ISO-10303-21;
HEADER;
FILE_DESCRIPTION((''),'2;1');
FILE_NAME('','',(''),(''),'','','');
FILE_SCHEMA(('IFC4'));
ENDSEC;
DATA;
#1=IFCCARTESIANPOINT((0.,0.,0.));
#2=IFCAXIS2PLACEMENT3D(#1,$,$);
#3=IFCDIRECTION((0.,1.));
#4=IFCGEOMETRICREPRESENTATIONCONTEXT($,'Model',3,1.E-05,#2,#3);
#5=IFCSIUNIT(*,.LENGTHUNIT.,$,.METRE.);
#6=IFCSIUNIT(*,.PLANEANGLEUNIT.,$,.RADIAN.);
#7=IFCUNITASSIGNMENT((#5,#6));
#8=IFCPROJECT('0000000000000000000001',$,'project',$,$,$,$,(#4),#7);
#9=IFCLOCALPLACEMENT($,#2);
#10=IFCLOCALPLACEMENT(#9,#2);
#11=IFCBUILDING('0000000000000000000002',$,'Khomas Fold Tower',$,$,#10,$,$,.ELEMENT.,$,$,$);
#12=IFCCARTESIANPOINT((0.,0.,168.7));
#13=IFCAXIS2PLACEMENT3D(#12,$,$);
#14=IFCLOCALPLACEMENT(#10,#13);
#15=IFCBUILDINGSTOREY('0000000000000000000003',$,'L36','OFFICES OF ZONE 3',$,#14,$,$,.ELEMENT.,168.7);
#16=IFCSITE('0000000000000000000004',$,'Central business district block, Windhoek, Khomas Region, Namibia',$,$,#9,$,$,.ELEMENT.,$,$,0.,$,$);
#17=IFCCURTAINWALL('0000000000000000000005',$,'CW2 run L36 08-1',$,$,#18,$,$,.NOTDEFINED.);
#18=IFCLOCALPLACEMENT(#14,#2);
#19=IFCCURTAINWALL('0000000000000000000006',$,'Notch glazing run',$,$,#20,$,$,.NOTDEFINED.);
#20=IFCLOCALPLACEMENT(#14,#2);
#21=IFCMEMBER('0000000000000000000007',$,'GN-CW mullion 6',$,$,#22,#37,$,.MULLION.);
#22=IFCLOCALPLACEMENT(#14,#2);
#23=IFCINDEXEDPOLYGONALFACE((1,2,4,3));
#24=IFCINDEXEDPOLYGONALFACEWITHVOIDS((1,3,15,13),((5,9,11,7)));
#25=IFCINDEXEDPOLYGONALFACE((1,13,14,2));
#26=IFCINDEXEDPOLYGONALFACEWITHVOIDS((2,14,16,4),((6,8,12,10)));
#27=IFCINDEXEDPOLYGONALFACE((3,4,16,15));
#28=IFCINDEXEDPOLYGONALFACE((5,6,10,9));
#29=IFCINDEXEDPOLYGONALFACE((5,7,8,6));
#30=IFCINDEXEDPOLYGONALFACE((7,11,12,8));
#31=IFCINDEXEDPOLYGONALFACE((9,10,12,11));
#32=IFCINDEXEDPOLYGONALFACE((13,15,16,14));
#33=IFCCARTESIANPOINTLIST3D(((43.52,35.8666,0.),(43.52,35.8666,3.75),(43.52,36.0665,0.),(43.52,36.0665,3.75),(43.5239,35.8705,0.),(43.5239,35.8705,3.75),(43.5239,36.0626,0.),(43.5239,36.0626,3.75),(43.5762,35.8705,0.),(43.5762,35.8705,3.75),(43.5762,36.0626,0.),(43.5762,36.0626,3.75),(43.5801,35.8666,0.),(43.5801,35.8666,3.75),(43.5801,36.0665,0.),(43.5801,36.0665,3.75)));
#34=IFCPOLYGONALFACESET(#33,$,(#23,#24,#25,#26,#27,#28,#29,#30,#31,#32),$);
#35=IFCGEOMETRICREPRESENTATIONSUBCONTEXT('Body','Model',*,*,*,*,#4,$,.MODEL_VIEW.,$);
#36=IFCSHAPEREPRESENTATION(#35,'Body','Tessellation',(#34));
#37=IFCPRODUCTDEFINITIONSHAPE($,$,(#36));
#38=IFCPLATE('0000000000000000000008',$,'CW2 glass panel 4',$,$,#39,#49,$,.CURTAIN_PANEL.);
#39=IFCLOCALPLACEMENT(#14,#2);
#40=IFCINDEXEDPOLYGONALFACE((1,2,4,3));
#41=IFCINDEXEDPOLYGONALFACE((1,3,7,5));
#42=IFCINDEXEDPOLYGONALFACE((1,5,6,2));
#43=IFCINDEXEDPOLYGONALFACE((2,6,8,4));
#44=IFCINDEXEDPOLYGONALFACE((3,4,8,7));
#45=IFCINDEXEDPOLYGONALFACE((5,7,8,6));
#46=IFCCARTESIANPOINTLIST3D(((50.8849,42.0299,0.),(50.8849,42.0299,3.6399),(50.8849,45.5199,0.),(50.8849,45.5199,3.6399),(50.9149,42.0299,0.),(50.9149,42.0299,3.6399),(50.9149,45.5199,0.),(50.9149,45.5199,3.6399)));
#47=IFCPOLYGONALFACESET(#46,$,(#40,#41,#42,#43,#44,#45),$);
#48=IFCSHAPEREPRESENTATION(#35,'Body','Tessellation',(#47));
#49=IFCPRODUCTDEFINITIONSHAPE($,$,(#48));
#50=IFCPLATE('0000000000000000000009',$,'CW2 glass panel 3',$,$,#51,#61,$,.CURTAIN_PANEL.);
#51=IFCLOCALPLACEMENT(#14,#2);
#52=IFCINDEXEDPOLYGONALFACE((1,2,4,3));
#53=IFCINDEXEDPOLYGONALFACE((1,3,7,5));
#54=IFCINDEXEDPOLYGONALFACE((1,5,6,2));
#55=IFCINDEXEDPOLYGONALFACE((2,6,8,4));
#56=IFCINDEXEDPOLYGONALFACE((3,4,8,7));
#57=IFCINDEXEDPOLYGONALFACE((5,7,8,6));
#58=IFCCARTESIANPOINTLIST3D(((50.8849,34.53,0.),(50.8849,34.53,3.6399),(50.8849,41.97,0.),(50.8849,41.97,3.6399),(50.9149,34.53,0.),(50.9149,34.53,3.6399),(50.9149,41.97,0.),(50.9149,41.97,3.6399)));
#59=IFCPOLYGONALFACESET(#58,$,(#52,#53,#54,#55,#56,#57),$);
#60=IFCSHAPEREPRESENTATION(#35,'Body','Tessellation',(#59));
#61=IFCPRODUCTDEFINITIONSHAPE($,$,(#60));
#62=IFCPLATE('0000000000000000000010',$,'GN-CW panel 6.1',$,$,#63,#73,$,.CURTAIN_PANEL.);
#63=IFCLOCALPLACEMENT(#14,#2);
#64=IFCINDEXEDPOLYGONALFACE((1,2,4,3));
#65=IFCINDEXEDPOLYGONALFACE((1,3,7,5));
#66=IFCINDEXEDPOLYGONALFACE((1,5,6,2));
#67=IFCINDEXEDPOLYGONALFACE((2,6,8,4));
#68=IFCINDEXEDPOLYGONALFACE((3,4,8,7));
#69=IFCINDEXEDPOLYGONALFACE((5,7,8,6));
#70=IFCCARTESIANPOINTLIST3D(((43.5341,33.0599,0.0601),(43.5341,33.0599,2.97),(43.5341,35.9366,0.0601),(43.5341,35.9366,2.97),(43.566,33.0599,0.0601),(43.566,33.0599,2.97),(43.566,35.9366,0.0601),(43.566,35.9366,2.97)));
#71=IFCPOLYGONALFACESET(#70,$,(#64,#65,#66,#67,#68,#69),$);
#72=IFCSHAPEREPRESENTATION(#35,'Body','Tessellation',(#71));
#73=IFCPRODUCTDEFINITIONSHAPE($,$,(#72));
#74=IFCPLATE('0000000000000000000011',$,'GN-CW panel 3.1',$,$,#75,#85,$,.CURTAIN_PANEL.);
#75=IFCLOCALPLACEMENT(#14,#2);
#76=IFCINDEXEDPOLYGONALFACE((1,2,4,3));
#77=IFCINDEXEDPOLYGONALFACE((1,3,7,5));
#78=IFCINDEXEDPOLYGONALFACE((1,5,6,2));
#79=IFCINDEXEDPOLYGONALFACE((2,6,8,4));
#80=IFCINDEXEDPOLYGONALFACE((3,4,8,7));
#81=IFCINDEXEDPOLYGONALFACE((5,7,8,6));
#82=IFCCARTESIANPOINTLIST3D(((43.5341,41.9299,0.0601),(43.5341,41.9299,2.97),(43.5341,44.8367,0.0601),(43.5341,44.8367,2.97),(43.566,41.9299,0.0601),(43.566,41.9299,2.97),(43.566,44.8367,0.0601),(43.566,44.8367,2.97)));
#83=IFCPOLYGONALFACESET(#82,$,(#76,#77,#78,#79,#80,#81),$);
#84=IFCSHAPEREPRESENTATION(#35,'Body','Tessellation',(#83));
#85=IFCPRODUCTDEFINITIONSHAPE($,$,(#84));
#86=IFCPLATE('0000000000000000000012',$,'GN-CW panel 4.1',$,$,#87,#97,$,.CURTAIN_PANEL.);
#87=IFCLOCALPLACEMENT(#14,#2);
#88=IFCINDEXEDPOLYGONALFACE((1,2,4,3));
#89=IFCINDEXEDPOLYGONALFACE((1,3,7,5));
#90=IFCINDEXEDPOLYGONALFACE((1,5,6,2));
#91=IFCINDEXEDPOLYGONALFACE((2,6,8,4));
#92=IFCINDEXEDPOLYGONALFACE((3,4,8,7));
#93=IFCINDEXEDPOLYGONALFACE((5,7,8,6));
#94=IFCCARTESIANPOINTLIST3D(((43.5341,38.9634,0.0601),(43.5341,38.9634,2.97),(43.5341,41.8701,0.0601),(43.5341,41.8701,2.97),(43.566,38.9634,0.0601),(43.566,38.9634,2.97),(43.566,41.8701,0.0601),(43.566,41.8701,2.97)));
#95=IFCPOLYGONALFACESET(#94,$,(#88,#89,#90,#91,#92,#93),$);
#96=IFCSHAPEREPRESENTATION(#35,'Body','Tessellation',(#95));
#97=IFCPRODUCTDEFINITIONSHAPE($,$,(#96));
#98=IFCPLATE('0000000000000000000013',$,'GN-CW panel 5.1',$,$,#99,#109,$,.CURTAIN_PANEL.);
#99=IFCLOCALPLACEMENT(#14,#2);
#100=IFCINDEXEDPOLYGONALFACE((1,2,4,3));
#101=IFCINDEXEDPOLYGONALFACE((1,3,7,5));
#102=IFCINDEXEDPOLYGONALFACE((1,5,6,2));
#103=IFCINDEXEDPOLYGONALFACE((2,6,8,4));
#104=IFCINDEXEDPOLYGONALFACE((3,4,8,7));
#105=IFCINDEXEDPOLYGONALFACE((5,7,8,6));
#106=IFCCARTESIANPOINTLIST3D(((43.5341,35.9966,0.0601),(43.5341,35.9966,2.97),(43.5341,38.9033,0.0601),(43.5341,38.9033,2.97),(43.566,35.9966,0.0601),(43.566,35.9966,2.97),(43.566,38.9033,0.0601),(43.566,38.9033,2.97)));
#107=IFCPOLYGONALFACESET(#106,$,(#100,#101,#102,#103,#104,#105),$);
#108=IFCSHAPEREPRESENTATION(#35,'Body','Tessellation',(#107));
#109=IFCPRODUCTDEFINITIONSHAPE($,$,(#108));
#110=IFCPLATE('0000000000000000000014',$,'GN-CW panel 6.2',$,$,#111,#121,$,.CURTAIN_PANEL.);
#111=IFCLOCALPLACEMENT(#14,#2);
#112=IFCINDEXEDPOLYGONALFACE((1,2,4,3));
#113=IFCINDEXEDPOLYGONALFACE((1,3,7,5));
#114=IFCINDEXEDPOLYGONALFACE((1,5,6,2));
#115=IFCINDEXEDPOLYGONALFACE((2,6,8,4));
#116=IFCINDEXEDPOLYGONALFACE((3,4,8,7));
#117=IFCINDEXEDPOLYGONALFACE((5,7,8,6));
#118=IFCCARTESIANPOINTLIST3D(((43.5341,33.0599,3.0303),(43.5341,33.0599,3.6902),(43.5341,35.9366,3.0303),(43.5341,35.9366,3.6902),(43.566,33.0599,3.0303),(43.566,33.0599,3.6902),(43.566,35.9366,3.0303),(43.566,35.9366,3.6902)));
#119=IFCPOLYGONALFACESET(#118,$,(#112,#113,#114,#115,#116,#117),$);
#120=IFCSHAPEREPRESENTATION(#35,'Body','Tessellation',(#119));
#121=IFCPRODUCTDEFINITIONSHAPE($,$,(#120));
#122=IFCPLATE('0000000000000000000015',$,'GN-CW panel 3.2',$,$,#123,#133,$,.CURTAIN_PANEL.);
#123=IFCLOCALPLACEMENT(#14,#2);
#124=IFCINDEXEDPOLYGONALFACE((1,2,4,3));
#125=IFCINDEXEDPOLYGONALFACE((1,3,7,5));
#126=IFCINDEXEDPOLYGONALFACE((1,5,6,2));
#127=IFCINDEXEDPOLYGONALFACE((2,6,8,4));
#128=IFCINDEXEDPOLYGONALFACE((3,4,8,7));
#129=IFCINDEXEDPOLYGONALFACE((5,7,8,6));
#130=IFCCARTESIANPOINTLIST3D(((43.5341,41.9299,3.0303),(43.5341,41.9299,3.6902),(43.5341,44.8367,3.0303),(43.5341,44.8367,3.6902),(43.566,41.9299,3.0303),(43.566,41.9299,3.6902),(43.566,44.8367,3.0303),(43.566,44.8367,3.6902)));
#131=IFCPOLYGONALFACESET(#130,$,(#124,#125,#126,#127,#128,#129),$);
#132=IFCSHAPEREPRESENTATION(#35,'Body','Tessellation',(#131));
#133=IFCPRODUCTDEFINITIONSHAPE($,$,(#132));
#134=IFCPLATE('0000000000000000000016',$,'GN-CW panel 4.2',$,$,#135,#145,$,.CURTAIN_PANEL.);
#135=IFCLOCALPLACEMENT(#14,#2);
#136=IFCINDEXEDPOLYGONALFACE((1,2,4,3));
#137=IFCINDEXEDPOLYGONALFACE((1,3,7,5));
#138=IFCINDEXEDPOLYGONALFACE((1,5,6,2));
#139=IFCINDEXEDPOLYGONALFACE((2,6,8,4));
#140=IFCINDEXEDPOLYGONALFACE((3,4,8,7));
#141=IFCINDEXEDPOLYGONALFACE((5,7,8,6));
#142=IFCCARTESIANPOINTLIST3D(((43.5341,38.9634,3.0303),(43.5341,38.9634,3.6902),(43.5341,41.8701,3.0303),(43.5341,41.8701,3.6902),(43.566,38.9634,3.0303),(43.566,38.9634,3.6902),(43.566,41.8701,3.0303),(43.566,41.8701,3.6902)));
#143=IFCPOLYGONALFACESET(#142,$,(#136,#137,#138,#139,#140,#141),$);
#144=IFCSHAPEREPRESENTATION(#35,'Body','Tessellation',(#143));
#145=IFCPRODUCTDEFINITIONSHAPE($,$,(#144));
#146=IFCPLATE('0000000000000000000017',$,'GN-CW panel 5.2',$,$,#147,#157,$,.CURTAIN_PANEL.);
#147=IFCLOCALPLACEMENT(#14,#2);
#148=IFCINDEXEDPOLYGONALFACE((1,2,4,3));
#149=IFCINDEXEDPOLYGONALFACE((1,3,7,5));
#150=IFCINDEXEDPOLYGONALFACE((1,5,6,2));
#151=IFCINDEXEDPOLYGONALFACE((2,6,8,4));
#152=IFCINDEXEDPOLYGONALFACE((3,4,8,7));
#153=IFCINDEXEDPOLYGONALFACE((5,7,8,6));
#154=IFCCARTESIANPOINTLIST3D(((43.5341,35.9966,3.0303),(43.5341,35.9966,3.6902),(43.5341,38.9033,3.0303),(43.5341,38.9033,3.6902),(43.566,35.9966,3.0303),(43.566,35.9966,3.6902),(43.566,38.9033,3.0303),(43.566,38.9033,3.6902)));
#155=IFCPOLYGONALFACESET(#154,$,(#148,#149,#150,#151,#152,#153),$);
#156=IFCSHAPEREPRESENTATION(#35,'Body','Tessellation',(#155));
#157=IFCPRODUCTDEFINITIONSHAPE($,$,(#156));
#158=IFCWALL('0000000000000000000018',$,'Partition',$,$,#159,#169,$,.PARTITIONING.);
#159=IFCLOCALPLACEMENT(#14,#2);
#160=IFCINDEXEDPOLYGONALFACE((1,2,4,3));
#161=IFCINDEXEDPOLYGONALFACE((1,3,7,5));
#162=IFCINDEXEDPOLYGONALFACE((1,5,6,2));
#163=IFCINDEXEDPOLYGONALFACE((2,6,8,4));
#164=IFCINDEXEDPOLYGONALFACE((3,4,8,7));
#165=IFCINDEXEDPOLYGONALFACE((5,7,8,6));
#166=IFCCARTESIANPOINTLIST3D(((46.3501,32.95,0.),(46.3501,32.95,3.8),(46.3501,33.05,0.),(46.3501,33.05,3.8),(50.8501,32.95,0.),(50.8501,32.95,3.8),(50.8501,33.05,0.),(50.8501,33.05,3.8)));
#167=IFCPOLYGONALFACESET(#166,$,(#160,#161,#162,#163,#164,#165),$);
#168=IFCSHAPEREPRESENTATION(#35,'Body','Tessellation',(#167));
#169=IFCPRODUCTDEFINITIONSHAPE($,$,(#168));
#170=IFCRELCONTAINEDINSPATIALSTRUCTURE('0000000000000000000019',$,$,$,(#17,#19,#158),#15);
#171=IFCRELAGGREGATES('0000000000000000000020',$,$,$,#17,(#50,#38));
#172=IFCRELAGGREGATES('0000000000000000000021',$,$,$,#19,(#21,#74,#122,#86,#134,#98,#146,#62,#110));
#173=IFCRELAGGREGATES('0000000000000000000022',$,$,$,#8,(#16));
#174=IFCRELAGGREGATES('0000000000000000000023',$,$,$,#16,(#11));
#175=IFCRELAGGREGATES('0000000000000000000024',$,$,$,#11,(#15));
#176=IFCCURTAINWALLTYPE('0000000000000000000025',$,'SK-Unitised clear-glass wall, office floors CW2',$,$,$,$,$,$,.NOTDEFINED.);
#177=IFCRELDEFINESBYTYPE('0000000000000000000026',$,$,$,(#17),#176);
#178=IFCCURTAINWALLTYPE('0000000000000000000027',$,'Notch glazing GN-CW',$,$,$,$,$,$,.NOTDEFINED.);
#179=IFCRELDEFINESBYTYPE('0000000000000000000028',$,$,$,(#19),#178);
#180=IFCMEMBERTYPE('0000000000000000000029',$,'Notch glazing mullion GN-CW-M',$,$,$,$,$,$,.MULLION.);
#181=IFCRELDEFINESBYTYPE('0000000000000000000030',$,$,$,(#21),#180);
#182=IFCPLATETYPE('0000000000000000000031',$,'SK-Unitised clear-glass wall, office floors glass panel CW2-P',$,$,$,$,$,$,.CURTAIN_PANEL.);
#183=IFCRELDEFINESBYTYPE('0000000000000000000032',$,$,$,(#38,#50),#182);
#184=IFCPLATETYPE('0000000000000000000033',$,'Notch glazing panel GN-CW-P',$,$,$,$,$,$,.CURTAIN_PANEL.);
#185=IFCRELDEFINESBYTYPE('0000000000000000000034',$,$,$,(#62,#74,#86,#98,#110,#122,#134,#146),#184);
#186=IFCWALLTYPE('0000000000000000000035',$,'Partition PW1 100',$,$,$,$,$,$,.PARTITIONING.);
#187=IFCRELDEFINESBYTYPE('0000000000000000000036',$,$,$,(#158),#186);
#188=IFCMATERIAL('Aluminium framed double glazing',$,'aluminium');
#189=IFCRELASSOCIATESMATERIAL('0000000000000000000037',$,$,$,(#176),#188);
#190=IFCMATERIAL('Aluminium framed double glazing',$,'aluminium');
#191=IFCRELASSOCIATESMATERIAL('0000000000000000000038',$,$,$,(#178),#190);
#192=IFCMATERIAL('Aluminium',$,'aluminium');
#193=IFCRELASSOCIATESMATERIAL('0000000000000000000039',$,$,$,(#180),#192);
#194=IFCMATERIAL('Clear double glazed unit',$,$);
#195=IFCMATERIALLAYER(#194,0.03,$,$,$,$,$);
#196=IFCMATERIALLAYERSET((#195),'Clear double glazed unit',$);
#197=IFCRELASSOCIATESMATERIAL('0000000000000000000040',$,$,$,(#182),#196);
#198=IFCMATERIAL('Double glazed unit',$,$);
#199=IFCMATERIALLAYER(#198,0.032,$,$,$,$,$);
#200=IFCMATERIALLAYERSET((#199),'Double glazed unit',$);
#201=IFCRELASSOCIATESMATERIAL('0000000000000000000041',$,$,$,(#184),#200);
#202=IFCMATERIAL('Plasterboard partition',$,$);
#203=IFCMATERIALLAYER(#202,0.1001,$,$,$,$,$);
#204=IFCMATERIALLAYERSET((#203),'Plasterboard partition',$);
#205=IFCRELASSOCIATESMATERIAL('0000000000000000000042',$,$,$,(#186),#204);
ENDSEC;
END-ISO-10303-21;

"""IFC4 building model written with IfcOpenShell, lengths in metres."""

from ifc_helpers import new_model, si_unit, direction, frame, frame_2d, origin, origin_2d, place, context, subcontext, project, spatial, rectangle, hollow_rectangle, extrude, source, transform, mapped, material, layer, layer_set, material_profile, profile_set, type_object, element, aggregate, save


model = new_model("IFC4")

# Units and contexts
model_context = context("Model", 3, precision=1e-05, world=origin(), true_north=direction((0.0, 1.0)))
body_context = subcontext(model_context, "Body", "Model", "MODEL_VIEW")
ifc_project = project(units=[si_unit("LENGTHUNIT", "METRE"), si_unit("PLANEANGLEUNIT", "RADIAN")], contexts=[model_context])

# Site, building, storey
site_placement = place(None, origin())
site = spatial("IfcSite", under=ifc_project, at=site_placement, Name="Central business district block, Windhoek, Khomas Region, Namibia", CompositionType="ELEMENT", RefElevation=0.0)
building_placement = place(site_placement, origin())
building = spatial("IfcBuilding", under=site, at=building_placement, Name="Khomas Fold Tower", CompositionType="ELEMENT")
storey_placement = place(building_placement, frame((0.0, 0.0, 168.7)))
storey = spatial("IfcBuildingStorey", under=building, at=storey_placement, Name="L36", Description="OFFICES OF ZONE 3", CompositionType="ELEMENT", Elevation=168.7)

# Curtain walls, member
ifc_material_1 = material(Name="Aluminium framed double glazing", Category="aluminium")
curtain_wall_type_1 = type_object("IfcCurtainWallType", Name="SK-Unitised clear-glass wall, office floors CW2", PredefinedType="NOTDEFINED", material=ifc_material_1)
curtain_wall_1_placement = place(storey_placement, origin())
curtain_wall_1 = element("IfcCurtainWall", 1, at=curtain_wall_1_placement, inside=storey, type_object=curtain_wall_type_1, Name="CW2 run L36 08-1", PredefinedType="NOTDEFINED")
ifc_material_2 = material(Name="Aluminium framed double glazing", Category="aluminium")
curtain_wall_type_2 = type_object("IfcCurtainWallType", Name="Notch glazing GN-CW", PredefinedType="NOTDEFINED", material=ifc_material_2)
curtain_wall_2_placement = place(storey_placement, origin())
curtain_wall_2 = element("IfcCurtainWall", 2, at=curtain_wall_2_placement, inside=storey, type_object=curtain_wall_type_2, Name="Notch glazing run", PredefinedType="NOTDEFINED")
ifc_material_3 = material(Name="Aluminium", Category="aluminium")
ifc_material_profile_1 = material_profile(ifc_material_3, hollow_rectangle(XDim=0.0601, YDim=0.2, WallThickness=0.0039, at=origin_2d()), Name="Notch glazing mullion GN-CW-M")
ifc_profile_set_1 = profile_set([ifc_material_profile_1], Name="Aluminium")
member_type_1 = type_object("IfcMemberType", Name="Notch glazing mullion GN-CW-M", PredefinedType="MULLION", material=ifc_profile_set_1)
shared_shape_1 = source(origin(), body_context, "Body", "SweptSolid", [
    extrude(hollow_rectangle(XDim=0.0601, YDim=0.2, WallThickness=0.0039, at=origin_2d()), origin(), (0.0, 0.0, 1.0), 3.75),
])
member_1_placement = place(storey_placement, frame((43.55, 35.9666, 0.0), z_axis=(0.0, 0.0, 1.0), x_axis=(1.0, 0.0, 0.0)))
member_1 = element("IfcMember", 3, at=member_1_placement, type_object=member_type_1, Name="GN-CW mullion 6", PredefinedType="MULLION", context=body_context, shape_type="MappedRepresentation", body=[
    mapped(shared_shape_1, transform((0.0, 0.0, 0.0))),
])

# Plates
ifc_material_4 = material(Name="Clear double glazed unit")
ifc_layer_1 = layer(ifc_material_4, 0.03)
ifc_layer_set_1 = layer_set([ifc_layer_1], Name="Clear double glazed unit")
plate_type_1 = type_object("IfcPlateType", Name="SK-Unitised clear-glass wall, office floors glass panel CW2-P", PredefinedType="CURTAIN_PANEL", material=ifc_layer_set_1)
shared_shape_2 = source(origin(), body_context, "Body", "SweptSolid", [
    extrude(rectangle(XDim=3.49, YDim=0.03, at=origin_2d()), origin(), (0.0, 0.0, 1.0), 3.6399),
])
plate_1_placement = place(storey_placement, frame((50.8999, 43.7749, 0.0), z_axis=(0.0, 0.0, 1.0), x_axis=(0.0, 1.0, 0.0)))
plate_1 = element("IfcPlate", 4, at=plate_1_placement, type_object=plate_type_1, Name="CW2 glass panel 4", PredefinedType="CURTAIN_PANEL", context=body_context, shape_type="MappedRepresentation", body=[
    mapped(shared_shape_2, transform((0.0, 0.0, 0.0))),
])
shared_shape_3 = source(origin(), body_context, "Body", "SweptSolid", [
    extrude(rectangle(XDim=7.4399, YDim=0.03, at=origin_2d()), origin(), (0.0, 0.0, 1.0), 3.6399),
])
plate_2_placement = place(storey_placement, frame((50.8999, 38.25, 0.0), z_axis=(0.0, 0.0, 1.0), x_axis=(0.0, 1.0, 0.0)))
plate_2 = element("IfcPlate", 5, at=plate_2_placement, type_object=plate_type_1, Name="CW2 glass panel 3", PredefinedType="CURTAIN_PANEL", context=body_context, shape_type="MappedRepresentation", body=[
    mapped(shared_shape_3, transform((0.0, 0.0, 0.0))),
])
aggregate(curtain_wall_1, [plate_2, plate_1])
ifc_material_5 = material(Name="Double glazed unit")
ifc_layer_2 = layer(ifc_material_5, 0.032)
ifc_layer_set_2 = layer_set([ifc_layer_2], Name="Double glazed unit")
plate_type_2 = type_object("IfcPlateType", Name="Notch glazing panel GN-CW-P", PredefinedType="CURTAIN_PANEL", material=ifc_layer_set_2)
shared_shape_4 = source(origin(), body_context, "Body", "SweptSolid", [
    extrude(rectangle(XDim=2.8767, YDim=0.032, at=origin_2d()), origin(), (0.0, 0.0, 1.0), 2.9099),
])
plate_3_placement = place(storey_placement, frame((43.55, 34.4983, 0.0601), z_axis=(0.0, 0.0, 1.0), x_axis=(0.0, -1.0, 0.0)))
plate_3 = element("IfcPlate", 6, at=plate_3_placement, type_object=plate_type_2, Name="GN-CW panel 6.1", PredefinedType="CURTAIN_PANEL", context=body_context, shape_type="MappedRepresentation", body=[
    mapped(shared_shape_4, transform((0.0, 0.0, 0.0))),
])
shared_shape_5 = source(origin(), body_context, "Body", "SweptSolid", [
    extrude(rectangle(XDim=2.9067, YDim=0.032, at=origin_2d()), origin(), (0.0, 0.0, 1.0), 2.9099),
])
plate_4_placement = place(storey_placement, frame((43.55, 43.3833, 0.0601), z_axis=(0.0, 0.0, 1.0), x_axis=(0.0, -1.0, 0.0)))
plate_4 = element("IfcPlate", 7, at=plate_4_placement, type_object=plate_type_2, Name="GN-CW panel 3.1", PredefinedType="CURTAIN_PANEL", context=body_context, shape_type="MappedRepresentation", body=[
    mapped(shared_shape_5, transform((0.0, 0.0, 0.0))),
])
plate_5_placement = place(storey_placement, frame((43.55, 40.4167, 0.0601), z_axis=(0.0, 0.0, 1.0), x_axis=(0.0, -1.0, 0.0)))
plate_5 = element("IfcPlate", 8, at=plate_5_placement, type_object=plate_type_2, Name="GN-CW panel 4.1", PredefinedType="CURTAIN_PANEL", context=body_context, shape_type="MappedRepresentation", body=[
    mapped(shared_shape_5, transform((0.0, 0.0, 0.0))),
])
plate_6_placement = place(storey_placement, frame((43.55, 37.45, 0.0601), z_axis=(0.0, 0.0, 1.0), x_axis=(0.0, -1.0, 0.0)))
plate_6 = element("IfcPlate", 9, at=plate_6_placement, type_object=plate_type_2, Name="GN-CW panel 5.1", PredefinedType="CURTAIN_PANEL", context=body_context, shape_type="MappedRepresentation", body=[
    mapped(shared_shape_5, transform((0.0, 0.0, 0.0))),
])
shared_shape_6 = source(origin(), body_context, "Body", "SweptSolid", [
    extrude(rectangle(XDim=2.8767, YDim=0.032, at=origin_2d()), origin(), (0.0, 0.0, 1.0), 0.6599),
])
plate_7_placement = place(storey_placement, frame((43.55, 34.4983, 3.0303), z_axis=(0.0, 0.0, 1.0), x_axis=(0.0, -1.0, 0.0)))
plate_7 = element("IfcPlate", 10, at=plate_7_placement, type_object=plate_type_2, Name="GN-CW panel 6.2", PredefinedType="CURTAIN_PANEL", context=body_context, shape_type="MappedRepresentation", body=[
    mapped(shared_shape_6, transform((0.0, 0.0, 0.0))),
])
shared_shape_7 = source(origin(), body_context, "Body", "SweptSolid", [
    extrude(rectangle(XDim=2.9067, YDim=0.032, at=origin_2d()), origin(), (0.0, 0.0, 1.0), 0.6599),
])
plate_8_placement = place(storey_placement, frame((43.55, 43.3833, 3.0303), z_axis=(0.0, 0.0, 1.0), x_axis=(0.0, -1.0, 0.0)))
plate_8 = element("IfcPlate", 11, at=plate_8_placement, type_object=plate_type_2, Name="GN-CW panel 3.2", PredefinedType="CURTAIN_PANEL", context=body_context, shape_type="MappedRepresentation", body=[
    mapped(shared_shape_7, transform((0.0, 0.0, 0.0))),
])
plate_9_placement = place(storey_placement, frame((43.55, 40.4167, 3.0303), z_axis=(0.0, 0.0, 1.0), x_axis=(0.0, -1.0, 0.0)))
plate_9 = element("IfcPlate", 12, at=plate_9_placement, type_object=plate_type_2, Name="GN-CW panel 4.2", PredefinedType="CURTAIN_PANEL", context=body_context, shape_type="MappedRepresentation", body=[
    mapped(shared_shape_7, transform((0.0, 0.0, 0.0))),
])
plate_10_placement = place(storey_placement, frame((43.55, 37.45, 3.0303), z_axis=(0.0, 0.0, 1.0), x_axis=(0.0, -1.0, 0.0)))
plate_10 = element("IfcPlate", 13, at=plate_10_placement, type_object=plate_type_2, Name="GN-CW panel 5.2", PredefinedType="CURTAIN_PANEL", context=body_context, shape_type="MappedRepresentation", body=[
    mapped(shared_shape_7, transform((0.0, 0.0, 0.0))),
])
aggregate(curtain_wall_2, [member_1, plate_4, plate_8, plate_5, plate_9, plate_6, plate_10, plate_3, plate_7])

# Wall
ifc_material_6 = material(Name="Plasterboard partition")
ifc_layer_3 = layer(ifc_material_6, 0.1001)
ifc_layer_set_3 = layer_set([ifc_layer_3], Name="Plasterboard partition")
wall_type_1 = type_object("IfcWallType", Name="Partition PW1 100", PredefinedType="PARTITIONING", material=ifc_layer_set_3)
shared_shape_8 = source(origin(), body_context, "Body", "SweptSolid", [
    extrude(rectangle(XDim=4.5, YDim=0.1001, at=frame_2d((2.25, 0.0))), origin(), (0.0, 0.0, 1.0), 3.8),
])
wall_1_placement = place(storey_placement, frame((46.3501, 33.0, 0.0), z_axis=(0.0, 0.0, 1.0), x_axis=(1.0, 0.0, 0.0)))
element("IfcWall", 14, at=wall_1_placement, inside=storey, type_object=wall_type_1, Name="Partition", PredefinedType="PARTITIONING", context=body_context, shape_type="MappedRepresentation", body=[
    mapped(shared_shape_8, transform((0.0, 0.0, 0.0))),
])

save(model, "model.ifc")
